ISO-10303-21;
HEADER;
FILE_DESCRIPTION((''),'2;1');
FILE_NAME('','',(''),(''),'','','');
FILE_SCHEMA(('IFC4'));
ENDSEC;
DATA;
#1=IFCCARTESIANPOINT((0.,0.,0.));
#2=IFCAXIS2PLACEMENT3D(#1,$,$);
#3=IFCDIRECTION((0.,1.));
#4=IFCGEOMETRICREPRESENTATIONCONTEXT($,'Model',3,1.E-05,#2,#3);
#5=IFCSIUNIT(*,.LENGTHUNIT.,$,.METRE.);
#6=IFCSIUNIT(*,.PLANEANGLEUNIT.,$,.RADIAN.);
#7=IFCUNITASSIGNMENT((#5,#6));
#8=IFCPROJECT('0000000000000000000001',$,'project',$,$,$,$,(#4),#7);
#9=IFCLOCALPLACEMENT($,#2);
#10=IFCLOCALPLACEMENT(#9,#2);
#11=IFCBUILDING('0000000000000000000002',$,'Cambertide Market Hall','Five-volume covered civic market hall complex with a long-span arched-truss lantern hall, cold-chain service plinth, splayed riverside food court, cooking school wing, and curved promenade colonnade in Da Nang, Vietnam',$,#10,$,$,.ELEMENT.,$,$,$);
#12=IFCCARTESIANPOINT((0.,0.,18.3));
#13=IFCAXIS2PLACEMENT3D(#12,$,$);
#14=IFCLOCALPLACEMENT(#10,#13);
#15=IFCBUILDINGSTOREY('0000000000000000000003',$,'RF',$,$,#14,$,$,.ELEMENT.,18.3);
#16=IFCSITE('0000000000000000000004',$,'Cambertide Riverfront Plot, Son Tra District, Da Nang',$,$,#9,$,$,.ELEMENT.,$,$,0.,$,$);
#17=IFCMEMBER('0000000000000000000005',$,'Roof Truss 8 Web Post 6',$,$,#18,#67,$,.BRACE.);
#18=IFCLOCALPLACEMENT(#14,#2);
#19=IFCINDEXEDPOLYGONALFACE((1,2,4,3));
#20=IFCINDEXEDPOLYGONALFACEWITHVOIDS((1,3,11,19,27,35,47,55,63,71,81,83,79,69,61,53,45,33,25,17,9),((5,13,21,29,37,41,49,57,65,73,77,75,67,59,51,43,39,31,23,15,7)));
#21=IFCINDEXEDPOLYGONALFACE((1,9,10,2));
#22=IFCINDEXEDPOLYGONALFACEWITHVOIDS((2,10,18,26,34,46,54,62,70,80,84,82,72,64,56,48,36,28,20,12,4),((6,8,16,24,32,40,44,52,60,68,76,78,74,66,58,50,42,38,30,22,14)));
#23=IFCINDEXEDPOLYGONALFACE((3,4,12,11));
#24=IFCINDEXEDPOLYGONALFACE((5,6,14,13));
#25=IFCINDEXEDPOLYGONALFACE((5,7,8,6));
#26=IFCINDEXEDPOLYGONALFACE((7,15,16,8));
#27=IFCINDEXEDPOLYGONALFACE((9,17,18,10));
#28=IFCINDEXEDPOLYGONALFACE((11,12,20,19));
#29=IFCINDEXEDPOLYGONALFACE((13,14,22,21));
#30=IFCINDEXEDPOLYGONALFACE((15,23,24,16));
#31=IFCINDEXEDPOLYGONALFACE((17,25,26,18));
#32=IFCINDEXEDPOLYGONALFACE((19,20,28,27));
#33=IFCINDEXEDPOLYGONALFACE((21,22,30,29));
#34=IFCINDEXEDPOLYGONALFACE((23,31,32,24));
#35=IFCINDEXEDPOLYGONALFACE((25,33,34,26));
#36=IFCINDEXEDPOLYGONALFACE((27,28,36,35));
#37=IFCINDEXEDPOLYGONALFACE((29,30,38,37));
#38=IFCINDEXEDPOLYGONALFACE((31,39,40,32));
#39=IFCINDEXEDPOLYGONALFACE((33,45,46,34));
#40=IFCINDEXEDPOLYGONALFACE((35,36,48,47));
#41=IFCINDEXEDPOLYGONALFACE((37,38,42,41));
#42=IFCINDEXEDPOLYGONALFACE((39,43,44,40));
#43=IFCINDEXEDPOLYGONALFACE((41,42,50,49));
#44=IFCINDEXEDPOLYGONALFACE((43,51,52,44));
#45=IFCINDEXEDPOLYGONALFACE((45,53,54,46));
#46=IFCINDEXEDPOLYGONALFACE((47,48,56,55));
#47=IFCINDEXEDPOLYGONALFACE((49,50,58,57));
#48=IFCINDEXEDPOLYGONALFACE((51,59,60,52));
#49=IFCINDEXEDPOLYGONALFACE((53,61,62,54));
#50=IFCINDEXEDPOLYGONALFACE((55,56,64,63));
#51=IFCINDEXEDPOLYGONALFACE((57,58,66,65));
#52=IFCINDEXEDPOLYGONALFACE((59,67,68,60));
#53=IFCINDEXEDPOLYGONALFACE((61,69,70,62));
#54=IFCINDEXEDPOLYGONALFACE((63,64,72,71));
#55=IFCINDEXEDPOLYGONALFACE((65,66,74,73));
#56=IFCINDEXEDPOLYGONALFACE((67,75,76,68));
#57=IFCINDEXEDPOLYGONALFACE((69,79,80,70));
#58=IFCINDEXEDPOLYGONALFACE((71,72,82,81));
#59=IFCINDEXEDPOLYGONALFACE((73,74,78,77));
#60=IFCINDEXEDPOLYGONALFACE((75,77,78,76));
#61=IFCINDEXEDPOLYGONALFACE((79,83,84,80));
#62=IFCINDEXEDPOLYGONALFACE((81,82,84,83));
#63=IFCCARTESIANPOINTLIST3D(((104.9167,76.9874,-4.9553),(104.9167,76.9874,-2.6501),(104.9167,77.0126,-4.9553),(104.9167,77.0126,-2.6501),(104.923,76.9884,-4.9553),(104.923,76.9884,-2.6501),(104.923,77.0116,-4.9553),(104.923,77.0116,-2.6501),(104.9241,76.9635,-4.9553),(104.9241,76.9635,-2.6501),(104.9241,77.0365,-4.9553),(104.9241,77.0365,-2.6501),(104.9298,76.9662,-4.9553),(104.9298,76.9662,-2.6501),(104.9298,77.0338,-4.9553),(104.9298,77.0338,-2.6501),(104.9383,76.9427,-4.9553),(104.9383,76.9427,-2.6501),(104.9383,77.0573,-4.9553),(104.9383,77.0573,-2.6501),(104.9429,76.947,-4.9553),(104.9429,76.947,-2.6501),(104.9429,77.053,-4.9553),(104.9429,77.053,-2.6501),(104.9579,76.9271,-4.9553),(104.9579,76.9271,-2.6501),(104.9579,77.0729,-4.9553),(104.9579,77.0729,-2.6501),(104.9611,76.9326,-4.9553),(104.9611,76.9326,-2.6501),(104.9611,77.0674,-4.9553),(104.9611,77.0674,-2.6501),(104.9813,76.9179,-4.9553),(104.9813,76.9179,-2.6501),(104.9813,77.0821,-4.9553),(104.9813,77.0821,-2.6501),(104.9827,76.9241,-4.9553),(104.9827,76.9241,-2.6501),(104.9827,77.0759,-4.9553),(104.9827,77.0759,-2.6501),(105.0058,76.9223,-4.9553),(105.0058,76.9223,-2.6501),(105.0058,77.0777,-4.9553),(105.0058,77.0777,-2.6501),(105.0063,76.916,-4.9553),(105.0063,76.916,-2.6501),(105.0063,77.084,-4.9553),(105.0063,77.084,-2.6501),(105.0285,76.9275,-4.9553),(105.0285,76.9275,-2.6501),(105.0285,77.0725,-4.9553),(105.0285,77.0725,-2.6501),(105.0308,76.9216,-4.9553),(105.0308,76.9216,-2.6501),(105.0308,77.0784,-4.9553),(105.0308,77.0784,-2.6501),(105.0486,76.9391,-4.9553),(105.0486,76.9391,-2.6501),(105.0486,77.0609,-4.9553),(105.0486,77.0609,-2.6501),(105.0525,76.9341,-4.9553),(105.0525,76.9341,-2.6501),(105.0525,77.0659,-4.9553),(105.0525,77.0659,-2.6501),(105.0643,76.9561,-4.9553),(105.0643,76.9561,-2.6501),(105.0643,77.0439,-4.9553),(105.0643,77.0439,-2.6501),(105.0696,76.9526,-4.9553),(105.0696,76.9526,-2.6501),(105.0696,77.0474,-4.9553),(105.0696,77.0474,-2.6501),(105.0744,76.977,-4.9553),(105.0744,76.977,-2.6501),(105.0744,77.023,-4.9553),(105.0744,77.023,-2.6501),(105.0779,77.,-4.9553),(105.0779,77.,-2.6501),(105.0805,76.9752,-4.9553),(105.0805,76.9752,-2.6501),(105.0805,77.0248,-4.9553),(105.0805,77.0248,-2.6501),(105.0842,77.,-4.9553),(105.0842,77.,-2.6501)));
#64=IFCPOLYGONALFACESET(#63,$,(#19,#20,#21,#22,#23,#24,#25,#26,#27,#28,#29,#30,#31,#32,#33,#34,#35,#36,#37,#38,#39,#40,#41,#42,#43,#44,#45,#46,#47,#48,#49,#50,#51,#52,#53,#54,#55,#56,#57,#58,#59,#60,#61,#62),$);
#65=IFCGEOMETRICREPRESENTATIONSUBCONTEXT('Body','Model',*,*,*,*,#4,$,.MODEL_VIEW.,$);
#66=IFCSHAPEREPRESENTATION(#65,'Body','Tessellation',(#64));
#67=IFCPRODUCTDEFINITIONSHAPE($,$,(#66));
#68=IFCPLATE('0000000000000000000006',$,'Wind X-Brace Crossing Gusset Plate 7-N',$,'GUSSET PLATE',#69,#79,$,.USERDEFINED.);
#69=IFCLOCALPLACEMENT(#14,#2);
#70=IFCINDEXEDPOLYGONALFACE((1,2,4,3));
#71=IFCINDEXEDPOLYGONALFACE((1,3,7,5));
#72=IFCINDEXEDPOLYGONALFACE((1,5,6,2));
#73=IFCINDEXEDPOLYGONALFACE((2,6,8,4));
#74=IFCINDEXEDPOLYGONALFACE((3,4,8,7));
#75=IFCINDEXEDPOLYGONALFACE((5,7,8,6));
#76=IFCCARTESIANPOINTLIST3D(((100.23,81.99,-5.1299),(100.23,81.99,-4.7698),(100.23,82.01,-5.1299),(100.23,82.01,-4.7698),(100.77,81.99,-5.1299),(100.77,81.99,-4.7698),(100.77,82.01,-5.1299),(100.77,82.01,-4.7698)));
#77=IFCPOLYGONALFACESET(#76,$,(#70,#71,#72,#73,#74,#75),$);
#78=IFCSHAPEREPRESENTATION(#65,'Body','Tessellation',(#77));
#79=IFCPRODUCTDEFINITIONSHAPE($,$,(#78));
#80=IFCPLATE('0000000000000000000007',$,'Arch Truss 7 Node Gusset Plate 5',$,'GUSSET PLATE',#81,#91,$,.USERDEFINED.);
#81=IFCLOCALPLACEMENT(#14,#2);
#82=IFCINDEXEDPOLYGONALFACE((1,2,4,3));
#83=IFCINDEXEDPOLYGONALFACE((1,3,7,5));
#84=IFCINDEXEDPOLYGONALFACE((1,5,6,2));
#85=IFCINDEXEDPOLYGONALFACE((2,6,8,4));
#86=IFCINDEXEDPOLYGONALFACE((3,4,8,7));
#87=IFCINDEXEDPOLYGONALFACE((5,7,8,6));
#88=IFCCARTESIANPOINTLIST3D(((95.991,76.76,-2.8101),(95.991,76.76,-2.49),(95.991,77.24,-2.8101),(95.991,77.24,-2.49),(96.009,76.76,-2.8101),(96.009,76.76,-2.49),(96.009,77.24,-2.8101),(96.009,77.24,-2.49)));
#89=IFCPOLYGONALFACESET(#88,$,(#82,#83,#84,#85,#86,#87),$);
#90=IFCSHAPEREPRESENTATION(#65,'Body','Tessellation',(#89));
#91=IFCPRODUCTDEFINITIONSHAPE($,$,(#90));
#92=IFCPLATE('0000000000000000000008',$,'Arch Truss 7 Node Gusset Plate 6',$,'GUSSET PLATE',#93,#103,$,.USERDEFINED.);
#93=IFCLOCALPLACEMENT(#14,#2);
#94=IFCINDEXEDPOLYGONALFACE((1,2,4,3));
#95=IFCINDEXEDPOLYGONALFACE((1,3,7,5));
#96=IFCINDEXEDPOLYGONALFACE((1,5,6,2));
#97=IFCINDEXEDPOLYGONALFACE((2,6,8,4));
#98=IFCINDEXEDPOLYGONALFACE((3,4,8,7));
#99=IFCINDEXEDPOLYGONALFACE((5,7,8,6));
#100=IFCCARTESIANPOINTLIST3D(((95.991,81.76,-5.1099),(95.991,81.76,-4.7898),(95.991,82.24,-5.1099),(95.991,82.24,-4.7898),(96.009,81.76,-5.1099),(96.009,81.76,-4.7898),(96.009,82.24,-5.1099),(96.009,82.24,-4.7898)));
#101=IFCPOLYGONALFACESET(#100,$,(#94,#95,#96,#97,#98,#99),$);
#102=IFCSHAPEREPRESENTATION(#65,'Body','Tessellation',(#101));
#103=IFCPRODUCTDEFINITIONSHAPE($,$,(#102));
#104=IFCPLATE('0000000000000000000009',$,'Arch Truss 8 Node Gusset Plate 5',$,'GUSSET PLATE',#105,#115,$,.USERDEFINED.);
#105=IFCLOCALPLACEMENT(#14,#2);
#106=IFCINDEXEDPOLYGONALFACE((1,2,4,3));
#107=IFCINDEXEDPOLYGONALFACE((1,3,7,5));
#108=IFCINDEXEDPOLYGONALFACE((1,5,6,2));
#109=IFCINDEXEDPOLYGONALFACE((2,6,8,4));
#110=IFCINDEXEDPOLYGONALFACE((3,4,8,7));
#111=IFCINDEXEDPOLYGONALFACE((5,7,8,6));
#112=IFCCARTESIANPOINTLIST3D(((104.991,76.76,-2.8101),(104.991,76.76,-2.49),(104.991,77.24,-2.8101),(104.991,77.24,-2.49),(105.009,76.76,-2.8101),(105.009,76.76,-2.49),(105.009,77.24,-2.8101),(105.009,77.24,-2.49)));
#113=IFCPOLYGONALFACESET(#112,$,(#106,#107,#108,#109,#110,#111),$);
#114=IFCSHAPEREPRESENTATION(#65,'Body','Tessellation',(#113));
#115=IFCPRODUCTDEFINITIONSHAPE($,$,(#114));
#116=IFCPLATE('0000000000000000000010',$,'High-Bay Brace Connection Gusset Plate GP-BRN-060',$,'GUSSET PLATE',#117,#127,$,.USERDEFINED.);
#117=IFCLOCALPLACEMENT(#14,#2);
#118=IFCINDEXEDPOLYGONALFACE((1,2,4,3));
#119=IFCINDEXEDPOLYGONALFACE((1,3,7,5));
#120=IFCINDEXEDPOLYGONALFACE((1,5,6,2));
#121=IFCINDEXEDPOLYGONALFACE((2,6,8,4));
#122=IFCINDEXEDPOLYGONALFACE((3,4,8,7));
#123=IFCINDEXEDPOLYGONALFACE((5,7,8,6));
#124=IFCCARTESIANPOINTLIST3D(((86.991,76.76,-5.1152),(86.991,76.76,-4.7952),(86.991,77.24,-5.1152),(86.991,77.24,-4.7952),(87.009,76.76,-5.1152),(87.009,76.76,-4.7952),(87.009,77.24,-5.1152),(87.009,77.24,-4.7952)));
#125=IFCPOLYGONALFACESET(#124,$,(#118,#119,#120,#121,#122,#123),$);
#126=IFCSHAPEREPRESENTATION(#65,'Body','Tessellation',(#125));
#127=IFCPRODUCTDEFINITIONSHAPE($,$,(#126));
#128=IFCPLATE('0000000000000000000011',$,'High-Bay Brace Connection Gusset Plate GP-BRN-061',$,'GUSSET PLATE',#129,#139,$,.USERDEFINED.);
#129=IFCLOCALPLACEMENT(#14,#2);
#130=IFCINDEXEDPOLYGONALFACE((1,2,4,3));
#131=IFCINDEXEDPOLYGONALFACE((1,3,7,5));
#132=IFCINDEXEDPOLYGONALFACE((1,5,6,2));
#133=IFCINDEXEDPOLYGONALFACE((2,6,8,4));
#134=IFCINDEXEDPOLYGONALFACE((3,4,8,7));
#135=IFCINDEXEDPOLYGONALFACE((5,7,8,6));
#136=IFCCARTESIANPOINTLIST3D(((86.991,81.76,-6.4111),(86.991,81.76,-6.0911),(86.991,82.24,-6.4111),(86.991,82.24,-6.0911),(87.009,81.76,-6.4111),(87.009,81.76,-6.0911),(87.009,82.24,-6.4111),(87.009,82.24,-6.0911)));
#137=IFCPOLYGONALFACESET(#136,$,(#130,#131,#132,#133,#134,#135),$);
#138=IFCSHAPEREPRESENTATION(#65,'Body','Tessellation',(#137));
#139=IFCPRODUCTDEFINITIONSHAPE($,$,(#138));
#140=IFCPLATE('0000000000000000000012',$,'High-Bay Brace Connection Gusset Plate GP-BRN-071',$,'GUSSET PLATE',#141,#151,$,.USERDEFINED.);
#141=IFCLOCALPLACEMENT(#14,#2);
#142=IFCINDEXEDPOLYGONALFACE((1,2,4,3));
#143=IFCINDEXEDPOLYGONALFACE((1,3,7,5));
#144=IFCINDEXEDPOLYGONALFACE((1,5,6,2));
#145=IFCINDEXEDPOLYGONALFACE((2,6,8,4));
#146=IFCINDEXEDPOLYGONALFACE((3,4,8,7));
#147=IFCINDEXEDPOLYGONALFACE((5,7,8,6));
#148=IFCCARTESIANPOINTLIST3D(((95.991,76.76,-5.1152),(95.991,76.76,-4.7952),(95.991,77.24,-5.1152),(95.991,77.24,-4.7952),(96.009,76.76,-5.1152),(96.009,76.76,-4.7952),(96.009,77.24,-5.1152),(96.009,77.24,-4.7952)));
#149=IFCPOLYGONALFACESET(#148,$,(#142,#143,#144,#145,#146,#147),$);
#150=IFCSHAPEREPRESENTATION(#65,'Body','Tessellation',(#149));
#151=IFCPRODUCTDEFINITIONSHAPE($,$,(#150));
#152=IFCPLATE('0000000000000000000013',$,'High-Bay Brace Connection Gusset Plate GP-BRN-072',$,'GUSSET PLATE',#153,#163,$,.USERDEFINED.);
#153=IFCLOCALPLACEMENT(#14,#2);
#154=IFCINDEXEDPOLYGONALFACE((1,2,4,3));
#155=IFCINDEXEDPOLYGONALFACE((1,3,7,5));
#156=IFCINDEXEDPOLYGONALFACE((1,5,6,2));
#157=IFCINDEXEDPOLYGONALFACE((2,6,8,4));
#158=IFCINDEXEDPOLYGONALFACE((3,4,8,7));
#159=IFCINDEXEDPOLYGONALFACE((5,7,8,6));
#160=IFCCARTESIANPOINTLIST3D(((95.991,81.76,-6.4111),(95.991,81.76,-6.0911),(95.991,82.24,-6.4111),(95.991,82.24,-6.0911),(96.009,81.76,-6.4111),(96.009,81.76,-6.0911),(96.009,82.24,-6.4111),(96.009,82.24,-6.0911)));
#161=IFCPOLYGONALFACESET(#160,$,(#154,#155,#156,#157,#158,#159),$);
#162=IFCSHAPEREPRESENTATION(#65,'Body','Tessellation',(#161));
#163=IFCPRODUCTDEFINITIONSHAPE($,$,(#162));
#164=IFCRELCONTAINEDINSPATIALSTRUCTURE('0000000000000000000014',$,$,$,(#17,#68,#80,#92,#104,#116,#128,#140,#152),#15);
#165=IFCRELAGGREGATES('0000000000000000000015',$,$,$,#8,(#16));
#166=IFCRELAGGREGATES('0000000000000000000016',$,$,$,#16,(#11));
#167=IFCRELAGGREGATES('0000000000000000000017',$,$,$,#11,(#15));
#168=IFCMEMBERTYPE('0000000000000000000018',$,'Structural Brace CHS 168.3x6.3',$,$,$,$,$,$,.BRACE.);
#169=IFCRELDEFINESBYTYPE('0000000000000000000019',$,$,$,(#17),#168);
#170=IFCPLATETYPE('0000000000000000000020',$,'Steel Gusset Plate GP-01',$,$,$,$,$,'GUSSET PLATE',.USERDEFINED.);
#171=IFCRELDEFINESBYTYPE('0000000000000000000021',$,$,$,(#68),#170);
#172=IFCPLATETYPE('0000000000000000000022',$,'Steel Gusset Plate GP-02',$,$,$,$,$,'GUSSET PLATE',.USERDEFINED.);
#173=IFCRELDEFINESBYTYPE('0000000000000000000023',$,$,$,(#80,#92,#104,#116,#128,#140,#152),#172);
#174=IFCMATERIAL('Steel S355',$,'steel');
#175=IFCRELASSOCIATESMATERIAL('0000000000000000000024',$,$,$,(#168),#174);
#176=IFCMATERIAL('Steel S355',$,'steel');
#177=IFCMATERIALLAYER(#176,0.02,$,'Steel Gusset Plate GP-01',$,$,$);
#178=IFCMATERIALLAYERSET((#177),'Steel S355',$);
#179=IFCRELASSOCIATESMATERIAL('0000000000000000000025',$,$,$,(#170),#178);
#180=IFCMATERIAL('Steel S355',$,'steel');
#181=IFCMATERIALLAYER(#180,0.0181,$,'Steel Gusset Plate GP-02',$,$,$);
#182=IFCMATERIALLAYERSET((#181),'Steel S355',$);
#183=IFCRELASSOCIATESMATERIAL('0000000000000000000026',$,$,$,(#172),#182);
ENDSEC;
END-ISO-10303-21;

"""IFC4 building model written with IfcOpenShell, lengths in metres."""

from ifc_helpers import new_model, si_unit, direction, frame, origin, origin_2d, place, context, subcontext, project, spatial, rectangle, hollow_circle, extrude, material, layer, layer_set, material_profile, profile_set, type_object, element, save


model = new_model("IFC4")

# Units and contexts
model_context = context("Model", 3, precision=1e-05, world=origin(), true_north=direction((0.0, 1.0)))
body_context = subcontext(model_context, "Body", "Model", "MODEL_VIEW")
ifc_project = project(units=[si_unit("LENGTHUNIT", "METRE"), si_unit("PLANEANGLEUNIT", "RADIAN")], contexts=[model_context])

# Site, building, storey
site_placement = place(None, origin())
site = spatial("IfcSite", under=ifc_project, at=site_placement, Name="Cambertide Riverfront Plot, Son Tra District, Da Nang", CompositionType="ELEMENT", RefElevation=0.0)
building_placement = place(site_placement, origin())
building = spatial("IfcBuilding", under=site, at=building_placement, Name="Cambertide Market Hall", Description="Five-volume covered civic market hall complex with a long-span arched-truss lantern hall, cold-chain service plinth, splayed riverside food court, cooking school wing, and curved promenade colonnade in Da Nang, Vietnam", CompositionType="ELEMENT")
storey_placement = place(building_placement, frame((0.0, 0.0, 18.3)))
storey = spatial("IfcBuildingStorey", under=building, at=storey_placement, Name="RF", CompositionType="ELEMENT", Elevation=18.3)

# Member
ifc_material_1 = material(Name="Steel S355", Category="steel")
ifc_material_profile_1 = material_profile(ifc_material_1, hollow_circle(Radius=0.0842, WallThickness=0.0063, at=origin_2d()), Name="CHS 168.3x6.3")
ifc_profile_set_1 = profile_set([ifc_material_profile_1], Name="Steel S355")
member_type_1 = type_object("IfcMemberType", Name="Structural Brace CHS 168.3x6.3", PredefinedType="BRACE", material=ifc_profile_set_1)
member_1_placement = place(storey_placement, frame((105.0, 77.0, -4.9553), z_axis=(0.0, 0.0, 1.0), x_axis=(1.0, 0.0, 0.0)))
element("IfcMember", 1, at=member_1_placement, inside=storey, type_object=member_type_1, Name="Roof Truss 8 Web Post 6", PredefinedType="BRACE", context=body_context, shape_type="SweptSolid", body=[
    extrude(hollow_circle(Radius=0.0842, WallThickness=0.0063, at=origin_2d()), origin(), (0.0, 0.0, 1.0), 2.3052),
])

# Plates
ifc_material_2 = material(Name="Steel S355", Category="steel")
ifc_layer_1 = layer(ifc_material_2, 0.02, Name="Steel Gusset Plate GP-01")
ifc_layer_set_1 = layer_set([ifc_layer_1], Name="Steel S355")
plate_type_1 = type_object("IfcPlateType", Name="Steel Gusset Plate GP-01", ElementType="GUSSET PLATE", PredefinedType="USERDEFINED", material=ifc_layer_set_1)
plate_placement = place(storey_placement, frame((100.5, 82.0, -5.1299), z_axis=(0.0, 0.0, 1.0), x_axis=(1.0, 0.0, 0.0)))
element("IfcPlate", 2, at=plate_placement, inside=storey, type_object=plate_type_1, Name="Wind X-Brace Crossing Gusset Plate 7-N", ObjectType="GUSSET PLATE", PredefinedType="USERDEFINED", context=body_context, shape_type="SweptSolid", body=[
    extrude(rectangle(XDim=0.54, YDim=0.02, at=origin_2d()), origin(), (0.0, 0.0, 1.0), 0.3601),
])
ifc_material_3 = material(Name="Steel S355", Category="steel")
ifc_layer_2 = layer(ifc_material_3, 0.0181, Name="Steel Gusset Plate GP-02")
ifc_layer_set_2 = layer_set([ifc_layer_2], Name="Steel S355")
plate_type_2 = type_object("IfcPlateType", Name="Steel Gusset Plate GP-02", ElementType="GUSSET PLATE", PredefinedType="USERDEFINED", material=ifc_layer_set_2)
for number, where, z_axis, x_axis, name in (
    (3, (96.0, 77.0, -2.8101), (0.0, 0.0, 1.0), (1.0, 0.0, 0.0), "Arch Truss 7 Node Gusset Plate 5"),
    (4, (96.0, 82.0, -5.1099), (0.0, 0.0, 1.0), (1.0, 0.0, 0.0), "Arch Truss 7 Node Gusset Plate 6"),
    (5, (105.0, 77.0, -2.8101), (0.0, 0.0, 1.0), (1.0, 0.0, 0.0), "Arch Truss 8 Node Gusset Plate 5"),
):
    element("IfcPlate", number, at=place(storey_placement, frame(where, z_axis=z_axis, x_axis=x_axis)), inside=storey, type_object=plate_type_2, Name=name, ObjectType="GUSSET PLATE", PredefinedType="USERDEFINED", context=body_context, shape_type="SweptSolid", body=[
        extrude(rectangle(XDim=0.0181, YDim=0.48, at=origin_2d()), origin(), (0.0, 0.0, 1.0), 0.3201),
    ])
for number, where, z_axis, x_axis, name in (
    (6, (87.0, 77.0, -5.1152), (0.0, 0.0, 1.0), (0.0, 1.0, 0.0), "High-Bay Brace Connection Gusset Plate GP-BRN-060"),
    (7, (87.0, 82.0, -6.4111), (0.0, 0.0, 1.0), (0.0, 1.0, 0.0), "High-Bay Brace Connection Gusset Plate GP-BRN-061"),
    (8, (96.0, 77.0, -5.1152), (0.0, 0.0, 1.0), (0.0, 1.0, 0.0), "High-Bay Brace Connection Gusset Plate GP-BRN-071"),
    (9, (96.0, 82.0, -6.4111), (0.0, 0.0, 1.0), (0.0, 1.0, 0.0), "High-Bay Brace Connection Gusset Plate GP-BRN-072"),
):
    element("IfcPlate", number, at=place(storey_placement, frame(where, z_axis=z_axis, x_axis=x_axis)), inside=storey, type_object=plate_type_2, Name=name, ObjectType="GUSSET PLATE", PredefinedType="USERDEFINED", context=body_context, shape_type="SweptSolid", body=[
        extrude(rectangle(XDim=0.48, YDim=0.0181, at=origin_2d()), origin(), (0.0, 0.0, 1.0), 0.3201),
    ])

save(model, "model.ifc")
